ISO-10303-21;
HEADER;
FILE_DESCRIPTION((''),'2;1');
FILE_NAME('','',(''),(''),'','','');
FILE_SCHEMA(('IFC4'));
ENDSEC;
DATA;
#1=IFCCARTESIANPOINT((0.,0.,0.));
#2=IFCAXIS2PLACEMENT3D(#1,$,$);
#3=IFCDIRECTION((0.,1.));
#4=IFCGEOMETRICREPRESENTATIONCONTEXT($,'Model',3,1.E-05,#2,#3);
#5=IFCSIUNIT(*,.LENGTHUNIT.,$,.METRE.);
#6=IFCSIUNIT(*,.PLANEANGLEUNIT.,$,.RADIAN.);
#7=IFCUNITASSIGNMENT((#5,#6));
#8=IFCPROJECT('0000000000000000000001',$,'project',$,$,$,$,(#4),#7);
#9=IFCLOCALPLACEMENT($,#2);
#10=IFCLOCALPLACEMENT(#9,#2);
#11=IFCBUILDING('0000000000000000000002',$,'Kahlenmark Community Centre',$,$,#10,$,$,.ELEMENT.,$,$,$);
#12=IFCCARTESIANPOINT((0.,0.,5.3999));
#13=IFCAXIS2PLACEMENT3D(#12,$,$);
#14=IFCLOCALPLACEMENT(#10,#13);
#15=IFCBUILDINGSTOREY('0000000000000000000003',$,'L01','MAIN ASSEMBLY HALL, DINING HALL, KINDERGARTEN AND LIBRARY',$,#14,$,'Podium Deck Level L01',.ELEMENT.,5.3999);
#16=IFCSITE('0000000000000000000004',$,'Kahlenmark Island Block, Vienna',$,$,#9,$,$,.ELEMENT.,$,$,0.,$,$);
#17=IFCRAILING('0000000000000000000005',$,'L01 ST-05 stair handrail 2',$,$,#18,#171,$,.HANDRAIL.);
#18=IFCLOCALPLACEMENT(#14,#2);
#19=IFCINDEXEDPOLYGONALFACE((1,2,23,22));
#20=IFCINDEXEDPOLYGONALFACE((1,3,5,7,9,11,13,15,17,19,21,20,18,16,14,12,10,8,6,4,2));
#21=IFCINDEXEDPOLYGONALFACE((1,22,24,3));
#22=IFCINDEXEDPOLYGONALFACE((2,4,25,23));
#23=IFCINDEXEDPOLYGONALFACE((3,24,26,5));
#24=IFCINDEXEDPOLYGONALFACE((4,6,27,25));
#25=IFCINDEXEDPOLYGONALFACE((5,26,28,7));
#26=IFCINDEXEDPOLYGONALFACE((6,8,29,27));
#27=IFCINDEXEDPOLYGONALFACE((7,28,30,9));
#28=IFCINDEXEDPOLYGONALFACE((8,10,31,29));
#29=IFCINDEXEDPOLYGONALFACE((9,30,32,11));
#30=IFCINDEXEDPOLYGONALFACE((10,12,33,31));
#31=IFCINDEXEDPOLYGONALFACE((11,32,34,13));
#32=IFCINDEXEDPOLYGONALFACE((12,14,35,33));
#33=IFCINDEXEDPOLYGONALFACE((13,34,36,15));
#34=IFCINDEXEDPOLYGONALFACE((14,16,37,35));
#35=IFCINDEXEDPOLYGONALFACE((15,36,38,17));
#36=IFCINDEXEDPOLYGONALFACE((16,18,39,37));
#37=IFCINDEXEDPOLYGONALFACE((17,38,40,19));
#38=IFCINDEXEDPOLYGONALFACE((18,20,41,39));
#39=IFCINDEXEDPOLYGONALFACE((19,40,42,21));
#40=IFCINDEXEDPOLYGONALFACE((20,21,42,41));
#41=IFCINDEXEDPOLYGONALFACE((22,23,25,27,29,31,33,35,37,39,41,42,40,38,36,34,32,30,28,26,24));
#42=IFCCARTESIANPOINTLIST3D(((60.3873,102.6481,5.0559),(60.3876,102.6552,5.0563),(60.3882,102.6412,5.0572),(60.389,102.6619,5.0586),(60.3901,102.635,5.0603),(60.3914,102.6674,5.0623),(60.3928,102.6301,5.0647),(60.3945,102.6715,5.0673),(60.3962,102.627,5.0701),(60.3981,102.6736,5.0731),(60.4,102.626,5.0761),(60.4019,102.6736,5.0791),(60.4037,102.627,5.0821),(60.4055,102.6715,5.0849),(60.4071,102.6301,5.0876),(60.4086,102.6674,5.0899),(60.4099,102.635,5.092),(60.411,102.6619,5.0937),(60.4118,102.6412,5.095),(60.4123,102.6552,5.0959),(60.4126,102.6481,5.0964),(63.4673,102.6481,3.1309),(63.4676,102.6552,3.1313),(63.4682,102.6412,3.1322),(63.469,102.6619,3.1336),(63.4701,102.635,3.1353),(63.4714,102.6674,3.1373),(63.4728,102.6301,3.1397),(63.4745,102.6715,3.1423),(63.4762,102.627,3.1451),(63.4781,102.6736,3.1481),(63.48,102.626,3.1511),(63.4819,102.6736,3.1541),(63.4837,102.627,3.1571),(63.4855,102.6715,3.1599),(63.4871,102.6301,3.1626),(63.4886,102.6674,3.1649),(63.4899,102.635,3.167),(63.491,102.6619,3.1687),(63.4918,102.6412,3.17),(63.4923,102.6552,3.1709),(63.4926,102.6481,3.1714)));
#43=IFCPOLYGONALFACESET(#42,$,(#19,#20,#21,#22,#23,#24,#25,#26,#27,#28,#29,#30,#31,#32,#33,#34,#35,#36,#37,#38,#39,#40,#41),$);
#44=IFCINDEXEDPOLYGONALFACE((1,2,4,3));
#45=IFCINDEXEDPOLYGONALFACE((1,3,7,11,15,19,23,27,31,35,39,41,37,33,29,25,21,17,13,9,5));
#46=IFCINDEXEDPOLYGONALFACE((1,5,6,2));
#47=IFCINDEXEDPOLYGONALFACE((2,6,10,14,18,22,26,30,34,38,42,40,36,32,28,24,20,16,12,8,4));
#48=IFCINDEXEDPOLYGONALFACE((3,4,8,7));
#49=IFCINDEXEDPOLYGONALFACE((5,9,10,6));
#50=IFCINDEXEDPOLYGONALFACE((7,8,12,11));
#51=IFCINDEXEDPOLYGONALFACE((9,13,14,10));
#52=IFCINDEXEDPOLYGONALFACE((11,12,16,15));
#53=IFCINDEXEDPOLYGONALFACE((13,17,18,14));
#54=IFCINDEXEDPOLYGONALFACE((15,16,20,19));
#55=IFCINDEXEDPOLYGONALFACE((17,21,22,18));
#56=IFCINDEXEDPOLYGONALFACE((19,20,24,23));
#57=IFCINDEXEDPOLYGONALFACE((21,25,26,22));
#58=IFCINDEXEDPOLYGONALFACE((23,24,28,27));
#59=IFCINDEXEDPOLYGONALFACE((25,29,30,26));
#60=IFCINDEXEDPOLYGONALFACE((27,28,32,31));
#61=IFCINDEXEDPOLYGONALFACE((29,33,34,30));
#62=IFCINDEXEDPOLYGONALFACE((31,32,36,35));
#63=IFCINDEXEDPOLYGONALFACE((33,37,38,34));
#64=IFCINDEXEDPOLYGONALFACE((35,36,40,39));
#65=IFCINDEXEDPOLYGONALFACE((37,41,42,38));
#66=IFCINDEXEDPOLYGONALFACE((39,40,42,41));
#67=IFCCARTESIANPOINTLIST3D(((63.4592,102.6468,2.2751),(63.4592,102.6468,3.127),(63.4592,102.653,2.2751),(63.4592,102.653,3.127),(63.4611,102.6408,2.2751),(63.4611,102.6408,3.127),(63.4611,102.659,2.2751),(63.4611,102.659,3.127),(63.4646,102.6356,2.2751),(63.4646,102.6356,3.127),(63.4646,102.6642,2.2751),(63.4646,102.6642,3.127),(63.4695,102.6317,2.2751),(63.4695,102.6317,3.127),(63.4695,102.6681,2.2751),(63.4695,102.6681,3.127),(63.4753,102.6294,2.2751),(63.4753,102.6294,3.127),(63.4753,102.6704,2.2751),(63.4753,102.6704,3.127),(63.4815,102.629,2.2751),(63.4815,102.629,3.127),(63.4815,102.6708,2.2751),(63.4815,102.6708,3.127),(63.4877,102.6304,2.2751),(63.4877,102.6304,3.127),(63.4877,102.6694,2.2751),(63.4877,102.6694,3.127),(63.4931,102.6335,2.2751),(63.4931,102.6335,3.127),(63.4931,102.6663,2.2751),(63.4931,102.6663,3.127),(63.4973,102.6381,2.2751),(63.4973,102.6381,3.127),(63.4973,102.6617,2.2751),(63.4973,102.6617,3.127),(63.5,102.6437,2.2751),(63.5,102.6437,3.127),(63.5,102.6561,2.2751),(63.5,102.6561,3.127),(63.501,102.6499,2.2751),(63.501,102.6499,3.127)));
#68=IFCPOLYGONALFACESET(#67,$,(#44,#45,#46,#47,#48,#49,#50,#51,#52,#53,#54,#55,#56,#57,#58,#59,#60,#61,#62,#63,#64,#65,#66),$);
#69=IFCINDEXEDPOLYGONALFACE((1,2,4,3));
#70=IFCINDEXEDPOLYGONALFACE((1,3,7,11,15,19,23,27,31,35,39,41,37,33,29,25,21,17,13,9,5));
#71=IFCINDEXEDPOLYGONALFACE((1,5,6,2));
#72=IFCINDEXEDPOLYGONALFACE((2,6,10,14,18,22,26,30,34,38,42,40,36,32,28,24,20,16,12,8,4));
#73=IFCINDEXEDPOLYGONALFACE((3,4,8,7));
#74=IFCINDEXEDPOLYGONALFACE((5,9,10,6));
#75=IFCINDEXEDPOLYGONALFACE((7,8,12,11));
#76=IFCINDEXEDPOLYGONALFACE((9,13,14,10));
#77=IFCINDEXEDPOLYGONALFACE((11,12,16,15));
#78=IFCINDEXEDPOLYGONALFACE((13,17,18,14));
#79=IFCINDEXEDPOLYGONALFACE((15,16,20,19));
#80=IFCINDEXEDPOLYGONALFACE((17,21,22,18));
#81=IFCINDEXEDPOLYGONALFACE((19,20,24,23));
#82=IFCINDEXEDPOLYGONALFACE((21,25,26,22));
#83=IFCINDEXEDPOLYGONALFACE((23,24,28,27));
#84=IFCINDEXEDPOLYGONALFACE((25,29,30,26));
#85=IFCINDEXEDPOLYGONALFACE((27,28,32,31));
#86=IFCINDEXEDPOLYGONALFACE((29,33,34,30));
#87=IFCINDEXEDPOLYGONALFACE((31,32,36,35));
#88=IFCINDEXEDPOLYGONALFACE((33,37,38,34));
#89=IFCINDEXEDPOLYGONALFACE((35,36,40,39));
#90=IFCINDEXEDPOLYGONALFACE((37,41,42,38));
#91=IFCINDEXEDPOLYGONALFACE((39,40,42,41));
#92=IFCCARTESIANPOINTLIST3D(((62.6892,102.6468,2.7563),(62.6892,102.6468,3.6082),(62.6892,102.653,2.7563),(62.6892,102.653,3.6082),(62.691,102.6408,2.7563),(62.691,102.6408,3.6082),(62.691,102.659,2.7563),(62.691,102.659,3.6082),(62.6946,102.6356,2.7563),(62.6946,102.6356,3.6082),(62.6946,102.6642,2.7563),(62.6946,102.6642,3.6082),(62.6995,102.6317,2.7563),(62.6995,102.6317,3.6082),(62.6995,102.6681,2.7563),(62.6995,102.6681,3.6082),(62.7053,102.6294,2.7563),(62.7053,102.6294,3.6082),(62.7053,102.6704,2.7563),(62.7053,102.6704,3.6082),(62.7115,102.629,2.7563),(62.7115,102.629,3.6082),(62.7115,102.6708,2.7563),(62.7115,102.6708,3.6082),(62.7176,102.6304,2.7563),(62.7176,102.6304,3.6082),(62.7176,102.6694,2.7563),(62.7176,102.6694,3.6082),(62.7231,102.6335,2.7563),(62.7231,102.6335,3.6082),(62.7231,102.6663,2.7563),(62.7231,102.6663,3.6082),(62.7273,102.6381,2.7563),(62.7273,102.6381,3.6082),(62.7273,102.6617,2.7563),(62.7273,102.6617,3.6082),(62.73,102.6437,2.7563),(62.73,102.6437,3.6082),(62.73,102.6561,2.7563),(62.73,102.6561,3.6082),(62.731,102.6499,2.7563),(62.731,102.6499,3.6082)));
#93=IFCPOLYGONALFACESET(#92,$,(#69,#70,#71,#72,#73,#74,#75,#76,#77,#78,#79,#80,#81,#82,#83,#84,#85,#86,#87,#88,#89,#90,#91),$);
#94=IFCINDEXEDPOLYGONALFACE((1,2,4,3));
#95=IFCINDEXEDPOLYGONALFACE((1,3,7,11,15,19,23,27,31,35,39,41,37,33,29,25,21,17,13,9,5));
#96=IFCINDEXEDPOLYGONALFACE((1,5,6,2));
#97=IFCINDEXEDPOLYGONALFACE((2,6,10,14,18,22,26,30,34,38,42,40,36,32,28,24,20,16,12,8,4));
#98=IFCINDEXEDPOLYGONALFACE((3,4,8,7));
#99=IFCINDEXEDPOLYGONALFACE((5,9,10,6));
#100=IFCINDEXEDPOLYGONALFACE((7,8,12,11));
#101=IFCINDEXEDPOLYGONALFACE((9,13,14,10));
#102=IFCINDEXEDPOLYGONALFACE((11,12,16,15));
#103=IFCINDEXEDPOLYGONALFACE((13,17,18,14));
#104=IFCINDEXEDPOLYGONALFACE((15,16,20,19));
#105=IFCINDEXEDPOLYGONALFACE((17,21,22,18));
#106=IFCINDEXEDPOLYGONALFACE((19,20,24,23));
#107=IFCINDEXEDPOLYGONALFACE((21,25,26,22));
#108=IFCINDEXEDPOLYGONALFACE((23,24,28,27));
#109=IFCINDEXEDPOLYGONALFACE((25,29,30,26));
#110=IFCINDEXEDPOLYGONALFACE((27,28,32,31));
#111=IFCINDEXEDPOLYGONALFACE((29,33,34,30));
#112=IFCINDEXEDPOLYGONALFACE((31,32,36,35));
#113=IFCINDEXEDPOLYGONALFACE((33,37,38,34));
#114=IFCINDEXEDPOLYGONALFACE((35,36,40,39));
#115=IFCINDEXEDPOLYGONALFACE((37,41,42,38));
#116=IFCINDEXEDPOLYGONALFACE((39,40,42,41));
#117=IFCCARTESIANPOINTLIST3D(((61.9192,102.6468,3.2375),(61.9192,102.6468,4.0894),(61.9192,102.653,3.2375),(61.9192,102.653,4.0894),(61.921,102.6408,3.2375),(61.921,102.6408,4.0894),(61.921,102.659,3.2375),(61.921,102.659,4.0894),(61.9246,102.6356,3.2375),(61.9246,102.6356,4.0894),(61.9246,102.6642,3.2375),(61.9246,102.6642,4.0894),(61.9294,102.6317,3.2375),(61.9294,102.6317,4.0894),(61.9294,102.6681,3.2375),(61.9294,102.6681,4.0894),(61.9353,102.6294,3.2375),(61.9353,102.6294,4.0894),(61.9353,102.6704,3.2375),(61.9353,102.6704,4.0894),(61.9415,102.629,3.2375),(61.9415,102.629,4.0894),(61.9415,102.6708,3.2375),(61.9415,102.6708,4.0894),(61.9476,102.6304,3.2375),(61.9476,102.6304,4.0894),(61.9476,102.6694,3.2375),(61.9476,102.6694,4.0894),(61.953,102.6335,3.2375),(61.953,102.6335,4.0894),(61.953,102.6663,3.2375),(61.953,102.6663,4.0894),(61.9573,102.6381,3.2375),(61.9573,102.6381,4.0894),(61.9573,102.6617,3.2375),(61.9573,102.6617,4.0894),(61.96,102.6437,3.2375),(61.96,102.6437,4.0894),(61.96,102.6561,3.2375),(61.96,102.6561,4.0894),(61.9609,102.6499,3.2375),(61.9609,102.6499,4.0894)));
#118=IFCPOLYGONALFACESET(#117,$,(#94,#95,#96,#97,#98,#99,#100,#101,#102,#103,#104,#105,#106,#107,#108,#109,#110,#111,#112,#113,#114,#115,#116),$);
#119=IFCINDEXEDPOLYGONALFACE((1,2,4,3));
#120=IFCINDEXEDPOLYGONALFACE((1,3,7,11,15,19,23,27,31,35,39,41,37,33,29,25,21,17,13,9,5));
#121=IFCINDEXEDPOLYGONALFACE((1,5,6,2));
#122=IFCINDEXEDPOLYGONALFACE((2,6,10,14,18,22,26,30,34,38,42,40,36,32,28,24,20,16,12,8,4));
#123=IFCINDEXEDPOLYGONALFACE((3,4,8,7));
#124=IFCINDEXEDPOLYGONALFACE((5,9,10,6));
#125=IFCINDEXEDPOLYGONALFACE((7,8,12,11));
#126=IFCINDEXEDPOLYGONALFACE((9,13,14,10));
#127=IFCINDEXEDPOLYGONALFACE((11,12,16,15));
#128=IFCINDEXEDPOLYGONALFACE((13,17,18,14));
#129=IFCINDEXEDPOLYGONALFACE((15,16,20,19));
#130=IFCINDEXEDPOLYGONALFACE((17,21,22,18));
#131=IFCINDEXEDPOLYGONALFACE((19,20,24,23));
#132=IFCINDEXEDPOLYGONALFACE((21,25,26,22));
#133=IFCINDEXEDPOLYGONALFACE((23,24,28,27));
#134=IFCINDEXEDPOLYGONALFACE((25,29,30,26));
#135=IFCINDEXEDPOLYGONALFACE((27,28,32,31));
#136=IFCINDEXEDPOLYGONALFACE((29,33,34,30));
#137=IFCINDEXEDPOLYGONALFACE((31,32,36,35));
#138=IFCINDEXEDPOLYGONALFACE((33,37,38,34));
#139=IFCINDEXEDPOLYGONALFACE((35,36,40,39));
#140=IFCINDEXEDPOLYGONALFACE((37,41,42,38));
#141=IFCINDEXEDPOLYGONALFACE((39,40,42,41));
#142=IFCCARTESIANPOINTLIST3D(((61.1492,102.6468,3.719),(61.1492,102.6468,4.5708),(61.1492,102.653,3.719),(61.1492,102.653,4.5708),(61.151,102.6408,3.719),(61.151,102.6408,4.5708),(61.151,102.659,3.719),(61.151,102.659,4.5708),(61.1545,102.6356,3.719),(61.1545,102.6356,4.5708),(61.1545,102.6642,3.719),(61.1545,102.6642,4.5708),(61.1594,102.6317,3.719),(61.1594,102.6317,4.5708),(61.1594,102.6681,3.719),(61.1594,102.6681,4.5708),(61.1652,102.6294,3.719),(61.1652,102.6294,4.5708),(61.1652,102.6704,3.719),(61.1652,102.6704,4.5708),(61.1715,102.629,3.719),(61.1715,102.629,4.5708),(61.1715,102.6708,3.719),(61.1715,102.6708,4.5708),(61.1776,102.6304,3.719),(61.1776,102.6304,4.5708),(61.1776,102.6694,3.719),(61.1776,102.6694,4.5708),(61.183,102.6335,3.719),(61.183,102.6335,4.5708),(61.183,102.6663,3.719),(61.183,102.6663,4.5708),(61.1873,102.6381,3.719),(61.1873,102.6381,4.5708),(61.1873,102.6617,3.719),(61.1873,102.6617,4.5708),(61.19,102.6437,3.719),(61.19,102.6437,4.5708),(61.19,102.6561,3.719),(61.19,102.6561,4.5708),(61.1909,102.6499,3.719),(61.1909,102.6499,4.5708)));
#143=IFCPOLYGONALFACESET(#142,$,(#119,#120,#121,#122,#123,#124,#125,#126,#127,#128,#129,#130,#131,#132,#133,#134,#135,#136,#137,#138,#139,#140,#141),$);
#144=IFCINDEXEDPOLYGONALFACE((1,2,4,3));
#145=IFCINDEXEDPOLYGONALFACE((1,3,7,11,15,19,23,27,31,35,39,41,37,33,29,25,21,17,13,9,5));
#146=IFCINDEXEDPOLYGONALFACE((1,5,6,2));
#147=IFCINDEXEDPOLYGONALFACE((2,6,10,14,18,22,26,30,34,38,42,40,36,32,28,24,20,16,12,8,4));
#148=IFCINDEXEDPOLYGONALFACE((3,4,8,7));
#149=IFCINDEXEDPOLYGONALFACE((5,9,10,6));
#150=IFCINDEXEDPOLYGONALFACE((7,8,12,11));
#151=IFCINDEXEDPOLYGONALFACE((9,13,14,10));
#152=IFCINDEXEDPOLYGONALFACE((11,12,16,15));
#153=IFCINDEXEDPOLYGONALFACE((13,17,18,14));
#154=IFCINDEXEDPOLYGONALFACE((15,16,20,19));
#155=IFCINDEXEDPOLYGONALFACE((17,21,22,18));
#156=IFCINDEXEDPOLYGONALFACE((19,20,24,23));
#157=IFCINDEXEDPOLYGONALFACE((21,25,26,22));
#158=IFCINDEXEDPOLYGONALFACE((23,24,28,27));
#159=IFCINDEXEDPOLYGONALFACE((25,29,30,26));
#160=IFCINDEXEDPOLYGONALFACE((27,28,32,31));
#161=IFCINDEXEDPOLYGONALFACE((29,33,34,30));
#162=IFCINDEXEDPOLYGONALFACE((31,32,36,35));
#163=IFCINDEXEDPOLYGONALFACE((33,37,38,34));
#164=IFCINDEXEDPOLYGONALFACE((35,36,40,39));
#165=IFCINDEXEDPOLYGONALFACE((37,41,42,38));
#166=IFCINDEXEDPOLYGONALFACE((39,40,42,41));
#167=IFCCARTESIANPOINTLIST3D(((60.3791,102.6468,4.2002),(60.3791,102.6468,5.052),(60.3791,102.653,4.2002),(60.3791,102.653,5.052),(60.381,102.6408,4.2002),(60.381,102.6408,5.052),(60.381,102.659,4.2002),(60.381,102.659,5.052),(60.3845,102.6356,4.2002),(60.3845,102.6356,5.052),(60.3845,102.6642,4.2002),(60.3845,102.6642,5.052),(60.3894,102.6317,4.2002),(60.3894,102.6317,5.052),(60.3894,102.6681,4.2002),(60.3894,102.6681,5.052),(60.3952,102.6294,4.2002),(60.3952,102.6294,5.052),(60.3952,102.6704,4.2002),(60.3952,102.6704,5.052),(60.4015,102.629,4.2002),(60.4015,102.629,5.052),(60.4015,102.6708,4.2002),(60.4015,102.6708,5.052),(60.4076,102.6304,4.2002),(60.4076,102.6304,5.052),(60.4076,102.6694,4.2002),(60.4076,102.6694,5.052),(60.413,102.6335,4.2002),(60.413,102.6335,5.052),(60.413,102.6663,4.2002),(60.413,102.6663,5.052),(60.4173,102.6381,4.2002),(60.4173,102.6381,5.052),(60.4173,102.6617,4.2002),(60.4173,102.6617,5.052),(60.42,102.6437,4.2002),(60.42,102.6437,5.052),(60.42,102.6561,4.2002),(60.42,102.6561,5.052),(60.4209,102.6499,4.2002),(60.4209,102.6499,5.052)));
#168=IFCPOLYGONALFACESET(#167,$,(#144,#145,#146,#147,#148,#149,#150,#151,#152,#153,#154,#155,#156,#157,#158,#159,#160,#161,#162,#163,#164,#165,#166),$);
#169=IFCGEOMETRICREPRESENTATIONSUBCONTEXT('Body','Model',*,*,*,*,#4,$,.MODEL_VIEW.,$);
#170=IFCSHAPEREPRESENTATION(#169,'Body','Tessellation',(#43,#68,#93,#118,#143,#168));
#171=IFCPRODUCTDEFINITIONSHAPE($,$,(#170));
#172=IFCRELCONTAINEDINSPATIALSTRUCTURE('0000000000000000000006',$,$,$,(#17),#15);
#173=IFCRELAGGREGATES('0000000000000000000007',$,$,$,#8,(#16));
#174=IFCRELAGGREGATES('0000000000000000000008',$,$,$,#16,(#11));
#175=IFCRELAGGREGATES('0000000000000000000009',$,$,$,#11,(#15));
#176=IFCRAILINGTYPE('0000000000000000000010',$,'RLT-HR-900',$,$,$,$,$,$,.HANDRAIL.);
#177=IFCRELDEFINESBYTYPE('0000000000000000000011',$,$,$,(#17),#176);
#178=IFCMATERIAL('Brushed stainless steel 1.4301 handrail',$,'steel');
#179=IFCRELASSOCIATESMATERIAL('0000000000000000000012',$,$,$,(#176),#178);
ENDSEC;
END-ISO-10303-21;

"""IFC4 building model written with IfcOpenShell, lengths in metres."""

from ifc_helpers import new_model, si_unit, direction, frame, origin, origin_2d, place, context, subcontext, project, spatial, circle, extrude, material, type_object, element, save


model = new_model("IFC4")

# Units and contexts
model_context = context("Model", 3, precision=1e-05, world=origin(), true_north=direction((0.0, 1.0)))
body_context = subcontext(model_context, "Body", "Model", "MODEL_VIEW")
ifc_project = project(units=[si_unit("LENGTHUNIT", "METRE"), si_unit("PLANEANGLEUNIT", "RADIAN")], contexts=[model_context])

# Site, building, storey
site_placement = place(None, origin())
site = spatial("IfcSite", under=ifc_project, at=site_placement, Name="Kahlenmark Island Block, Vienna", CompositionType="ELEMENT", RefElevation=0.0)
building_placement = place(site_placement, origin())
building = spatial("IfcBuilding", under=site, at=building_placement, Name="Kahlenmark Community Centre", CompositionType="ELEMENT")
storey_placement = place(building_placement, frame((0.0, 0.0, 5.3999)))
storey = spatial("IfcBuildingStorey", under=building, at=storey_placement, Name="L01", Description="MAIN ASSEMBLY HALL, DINING HALL, KINDERGARTEN AND LIBRARY", LongName="Podium Deck Level L01", CompositionType="ELEMENT", Elevation=5.3999)

# Railing
ifc_material_1 = material(Name="Brushed stainless steel 1.4301 handrail", Category="steel")
railing_type_1 = type_object("IfcRailingType", Name="RLT-HR-900", PredefinedType="HANDRAIL", material=ifc_material_1)
railing_1_placement = place(storey_placement, frame((63.48, 102.6499, 2.2751)))
element("IfcRailing", 1, at=railing_1_placement, inside=storey, type_object=railing_type_1, Name="L01 ST-05 stair handrail 2", PredefinedType="HANDRAIL", context=body_context, shape_type="SweptSolid", body=[
    extrude(circle(Radius=0.0239, at=origin_2d()), frame((0.0, 0.0, 0.876), z_axis=(-0.847998, 0.0, 0.529999), x_axis=(0.0, -1.0, 0.0)), (0.0, 0.0, 1.0), 3.6321),
    extrude(circle(Radius=0.021, at=origin_2d()), origin(), (0.0, 0.0, 1.0), 0.8518),
    extrude(circle(Radius=0.021, at=origin_2d()), frame((-0.77, 0.0, 0.4812)), (0.0, 0.0, 1.0), 0.8518),
    extrude(circle(Radius=0.021, at=origin_2d()), frame((-1.54, 0.0, 0.9624)), (0.0, 0.0, 1.0), 0.8518),
    extrude(circle(Radius=0.021, at=origin_2d()), frame((-2.3101, 0.0, 1.4438)), (0.0, 0.0, 1.0), 0.8518),
    extrude(circle(Radius=0.021, at=origin_2d()), frame((-3.0801, 0.0, 1.925)), (0.0, 0.0, 1.0), 0.8518),
])

save(model, "model.ifc")
